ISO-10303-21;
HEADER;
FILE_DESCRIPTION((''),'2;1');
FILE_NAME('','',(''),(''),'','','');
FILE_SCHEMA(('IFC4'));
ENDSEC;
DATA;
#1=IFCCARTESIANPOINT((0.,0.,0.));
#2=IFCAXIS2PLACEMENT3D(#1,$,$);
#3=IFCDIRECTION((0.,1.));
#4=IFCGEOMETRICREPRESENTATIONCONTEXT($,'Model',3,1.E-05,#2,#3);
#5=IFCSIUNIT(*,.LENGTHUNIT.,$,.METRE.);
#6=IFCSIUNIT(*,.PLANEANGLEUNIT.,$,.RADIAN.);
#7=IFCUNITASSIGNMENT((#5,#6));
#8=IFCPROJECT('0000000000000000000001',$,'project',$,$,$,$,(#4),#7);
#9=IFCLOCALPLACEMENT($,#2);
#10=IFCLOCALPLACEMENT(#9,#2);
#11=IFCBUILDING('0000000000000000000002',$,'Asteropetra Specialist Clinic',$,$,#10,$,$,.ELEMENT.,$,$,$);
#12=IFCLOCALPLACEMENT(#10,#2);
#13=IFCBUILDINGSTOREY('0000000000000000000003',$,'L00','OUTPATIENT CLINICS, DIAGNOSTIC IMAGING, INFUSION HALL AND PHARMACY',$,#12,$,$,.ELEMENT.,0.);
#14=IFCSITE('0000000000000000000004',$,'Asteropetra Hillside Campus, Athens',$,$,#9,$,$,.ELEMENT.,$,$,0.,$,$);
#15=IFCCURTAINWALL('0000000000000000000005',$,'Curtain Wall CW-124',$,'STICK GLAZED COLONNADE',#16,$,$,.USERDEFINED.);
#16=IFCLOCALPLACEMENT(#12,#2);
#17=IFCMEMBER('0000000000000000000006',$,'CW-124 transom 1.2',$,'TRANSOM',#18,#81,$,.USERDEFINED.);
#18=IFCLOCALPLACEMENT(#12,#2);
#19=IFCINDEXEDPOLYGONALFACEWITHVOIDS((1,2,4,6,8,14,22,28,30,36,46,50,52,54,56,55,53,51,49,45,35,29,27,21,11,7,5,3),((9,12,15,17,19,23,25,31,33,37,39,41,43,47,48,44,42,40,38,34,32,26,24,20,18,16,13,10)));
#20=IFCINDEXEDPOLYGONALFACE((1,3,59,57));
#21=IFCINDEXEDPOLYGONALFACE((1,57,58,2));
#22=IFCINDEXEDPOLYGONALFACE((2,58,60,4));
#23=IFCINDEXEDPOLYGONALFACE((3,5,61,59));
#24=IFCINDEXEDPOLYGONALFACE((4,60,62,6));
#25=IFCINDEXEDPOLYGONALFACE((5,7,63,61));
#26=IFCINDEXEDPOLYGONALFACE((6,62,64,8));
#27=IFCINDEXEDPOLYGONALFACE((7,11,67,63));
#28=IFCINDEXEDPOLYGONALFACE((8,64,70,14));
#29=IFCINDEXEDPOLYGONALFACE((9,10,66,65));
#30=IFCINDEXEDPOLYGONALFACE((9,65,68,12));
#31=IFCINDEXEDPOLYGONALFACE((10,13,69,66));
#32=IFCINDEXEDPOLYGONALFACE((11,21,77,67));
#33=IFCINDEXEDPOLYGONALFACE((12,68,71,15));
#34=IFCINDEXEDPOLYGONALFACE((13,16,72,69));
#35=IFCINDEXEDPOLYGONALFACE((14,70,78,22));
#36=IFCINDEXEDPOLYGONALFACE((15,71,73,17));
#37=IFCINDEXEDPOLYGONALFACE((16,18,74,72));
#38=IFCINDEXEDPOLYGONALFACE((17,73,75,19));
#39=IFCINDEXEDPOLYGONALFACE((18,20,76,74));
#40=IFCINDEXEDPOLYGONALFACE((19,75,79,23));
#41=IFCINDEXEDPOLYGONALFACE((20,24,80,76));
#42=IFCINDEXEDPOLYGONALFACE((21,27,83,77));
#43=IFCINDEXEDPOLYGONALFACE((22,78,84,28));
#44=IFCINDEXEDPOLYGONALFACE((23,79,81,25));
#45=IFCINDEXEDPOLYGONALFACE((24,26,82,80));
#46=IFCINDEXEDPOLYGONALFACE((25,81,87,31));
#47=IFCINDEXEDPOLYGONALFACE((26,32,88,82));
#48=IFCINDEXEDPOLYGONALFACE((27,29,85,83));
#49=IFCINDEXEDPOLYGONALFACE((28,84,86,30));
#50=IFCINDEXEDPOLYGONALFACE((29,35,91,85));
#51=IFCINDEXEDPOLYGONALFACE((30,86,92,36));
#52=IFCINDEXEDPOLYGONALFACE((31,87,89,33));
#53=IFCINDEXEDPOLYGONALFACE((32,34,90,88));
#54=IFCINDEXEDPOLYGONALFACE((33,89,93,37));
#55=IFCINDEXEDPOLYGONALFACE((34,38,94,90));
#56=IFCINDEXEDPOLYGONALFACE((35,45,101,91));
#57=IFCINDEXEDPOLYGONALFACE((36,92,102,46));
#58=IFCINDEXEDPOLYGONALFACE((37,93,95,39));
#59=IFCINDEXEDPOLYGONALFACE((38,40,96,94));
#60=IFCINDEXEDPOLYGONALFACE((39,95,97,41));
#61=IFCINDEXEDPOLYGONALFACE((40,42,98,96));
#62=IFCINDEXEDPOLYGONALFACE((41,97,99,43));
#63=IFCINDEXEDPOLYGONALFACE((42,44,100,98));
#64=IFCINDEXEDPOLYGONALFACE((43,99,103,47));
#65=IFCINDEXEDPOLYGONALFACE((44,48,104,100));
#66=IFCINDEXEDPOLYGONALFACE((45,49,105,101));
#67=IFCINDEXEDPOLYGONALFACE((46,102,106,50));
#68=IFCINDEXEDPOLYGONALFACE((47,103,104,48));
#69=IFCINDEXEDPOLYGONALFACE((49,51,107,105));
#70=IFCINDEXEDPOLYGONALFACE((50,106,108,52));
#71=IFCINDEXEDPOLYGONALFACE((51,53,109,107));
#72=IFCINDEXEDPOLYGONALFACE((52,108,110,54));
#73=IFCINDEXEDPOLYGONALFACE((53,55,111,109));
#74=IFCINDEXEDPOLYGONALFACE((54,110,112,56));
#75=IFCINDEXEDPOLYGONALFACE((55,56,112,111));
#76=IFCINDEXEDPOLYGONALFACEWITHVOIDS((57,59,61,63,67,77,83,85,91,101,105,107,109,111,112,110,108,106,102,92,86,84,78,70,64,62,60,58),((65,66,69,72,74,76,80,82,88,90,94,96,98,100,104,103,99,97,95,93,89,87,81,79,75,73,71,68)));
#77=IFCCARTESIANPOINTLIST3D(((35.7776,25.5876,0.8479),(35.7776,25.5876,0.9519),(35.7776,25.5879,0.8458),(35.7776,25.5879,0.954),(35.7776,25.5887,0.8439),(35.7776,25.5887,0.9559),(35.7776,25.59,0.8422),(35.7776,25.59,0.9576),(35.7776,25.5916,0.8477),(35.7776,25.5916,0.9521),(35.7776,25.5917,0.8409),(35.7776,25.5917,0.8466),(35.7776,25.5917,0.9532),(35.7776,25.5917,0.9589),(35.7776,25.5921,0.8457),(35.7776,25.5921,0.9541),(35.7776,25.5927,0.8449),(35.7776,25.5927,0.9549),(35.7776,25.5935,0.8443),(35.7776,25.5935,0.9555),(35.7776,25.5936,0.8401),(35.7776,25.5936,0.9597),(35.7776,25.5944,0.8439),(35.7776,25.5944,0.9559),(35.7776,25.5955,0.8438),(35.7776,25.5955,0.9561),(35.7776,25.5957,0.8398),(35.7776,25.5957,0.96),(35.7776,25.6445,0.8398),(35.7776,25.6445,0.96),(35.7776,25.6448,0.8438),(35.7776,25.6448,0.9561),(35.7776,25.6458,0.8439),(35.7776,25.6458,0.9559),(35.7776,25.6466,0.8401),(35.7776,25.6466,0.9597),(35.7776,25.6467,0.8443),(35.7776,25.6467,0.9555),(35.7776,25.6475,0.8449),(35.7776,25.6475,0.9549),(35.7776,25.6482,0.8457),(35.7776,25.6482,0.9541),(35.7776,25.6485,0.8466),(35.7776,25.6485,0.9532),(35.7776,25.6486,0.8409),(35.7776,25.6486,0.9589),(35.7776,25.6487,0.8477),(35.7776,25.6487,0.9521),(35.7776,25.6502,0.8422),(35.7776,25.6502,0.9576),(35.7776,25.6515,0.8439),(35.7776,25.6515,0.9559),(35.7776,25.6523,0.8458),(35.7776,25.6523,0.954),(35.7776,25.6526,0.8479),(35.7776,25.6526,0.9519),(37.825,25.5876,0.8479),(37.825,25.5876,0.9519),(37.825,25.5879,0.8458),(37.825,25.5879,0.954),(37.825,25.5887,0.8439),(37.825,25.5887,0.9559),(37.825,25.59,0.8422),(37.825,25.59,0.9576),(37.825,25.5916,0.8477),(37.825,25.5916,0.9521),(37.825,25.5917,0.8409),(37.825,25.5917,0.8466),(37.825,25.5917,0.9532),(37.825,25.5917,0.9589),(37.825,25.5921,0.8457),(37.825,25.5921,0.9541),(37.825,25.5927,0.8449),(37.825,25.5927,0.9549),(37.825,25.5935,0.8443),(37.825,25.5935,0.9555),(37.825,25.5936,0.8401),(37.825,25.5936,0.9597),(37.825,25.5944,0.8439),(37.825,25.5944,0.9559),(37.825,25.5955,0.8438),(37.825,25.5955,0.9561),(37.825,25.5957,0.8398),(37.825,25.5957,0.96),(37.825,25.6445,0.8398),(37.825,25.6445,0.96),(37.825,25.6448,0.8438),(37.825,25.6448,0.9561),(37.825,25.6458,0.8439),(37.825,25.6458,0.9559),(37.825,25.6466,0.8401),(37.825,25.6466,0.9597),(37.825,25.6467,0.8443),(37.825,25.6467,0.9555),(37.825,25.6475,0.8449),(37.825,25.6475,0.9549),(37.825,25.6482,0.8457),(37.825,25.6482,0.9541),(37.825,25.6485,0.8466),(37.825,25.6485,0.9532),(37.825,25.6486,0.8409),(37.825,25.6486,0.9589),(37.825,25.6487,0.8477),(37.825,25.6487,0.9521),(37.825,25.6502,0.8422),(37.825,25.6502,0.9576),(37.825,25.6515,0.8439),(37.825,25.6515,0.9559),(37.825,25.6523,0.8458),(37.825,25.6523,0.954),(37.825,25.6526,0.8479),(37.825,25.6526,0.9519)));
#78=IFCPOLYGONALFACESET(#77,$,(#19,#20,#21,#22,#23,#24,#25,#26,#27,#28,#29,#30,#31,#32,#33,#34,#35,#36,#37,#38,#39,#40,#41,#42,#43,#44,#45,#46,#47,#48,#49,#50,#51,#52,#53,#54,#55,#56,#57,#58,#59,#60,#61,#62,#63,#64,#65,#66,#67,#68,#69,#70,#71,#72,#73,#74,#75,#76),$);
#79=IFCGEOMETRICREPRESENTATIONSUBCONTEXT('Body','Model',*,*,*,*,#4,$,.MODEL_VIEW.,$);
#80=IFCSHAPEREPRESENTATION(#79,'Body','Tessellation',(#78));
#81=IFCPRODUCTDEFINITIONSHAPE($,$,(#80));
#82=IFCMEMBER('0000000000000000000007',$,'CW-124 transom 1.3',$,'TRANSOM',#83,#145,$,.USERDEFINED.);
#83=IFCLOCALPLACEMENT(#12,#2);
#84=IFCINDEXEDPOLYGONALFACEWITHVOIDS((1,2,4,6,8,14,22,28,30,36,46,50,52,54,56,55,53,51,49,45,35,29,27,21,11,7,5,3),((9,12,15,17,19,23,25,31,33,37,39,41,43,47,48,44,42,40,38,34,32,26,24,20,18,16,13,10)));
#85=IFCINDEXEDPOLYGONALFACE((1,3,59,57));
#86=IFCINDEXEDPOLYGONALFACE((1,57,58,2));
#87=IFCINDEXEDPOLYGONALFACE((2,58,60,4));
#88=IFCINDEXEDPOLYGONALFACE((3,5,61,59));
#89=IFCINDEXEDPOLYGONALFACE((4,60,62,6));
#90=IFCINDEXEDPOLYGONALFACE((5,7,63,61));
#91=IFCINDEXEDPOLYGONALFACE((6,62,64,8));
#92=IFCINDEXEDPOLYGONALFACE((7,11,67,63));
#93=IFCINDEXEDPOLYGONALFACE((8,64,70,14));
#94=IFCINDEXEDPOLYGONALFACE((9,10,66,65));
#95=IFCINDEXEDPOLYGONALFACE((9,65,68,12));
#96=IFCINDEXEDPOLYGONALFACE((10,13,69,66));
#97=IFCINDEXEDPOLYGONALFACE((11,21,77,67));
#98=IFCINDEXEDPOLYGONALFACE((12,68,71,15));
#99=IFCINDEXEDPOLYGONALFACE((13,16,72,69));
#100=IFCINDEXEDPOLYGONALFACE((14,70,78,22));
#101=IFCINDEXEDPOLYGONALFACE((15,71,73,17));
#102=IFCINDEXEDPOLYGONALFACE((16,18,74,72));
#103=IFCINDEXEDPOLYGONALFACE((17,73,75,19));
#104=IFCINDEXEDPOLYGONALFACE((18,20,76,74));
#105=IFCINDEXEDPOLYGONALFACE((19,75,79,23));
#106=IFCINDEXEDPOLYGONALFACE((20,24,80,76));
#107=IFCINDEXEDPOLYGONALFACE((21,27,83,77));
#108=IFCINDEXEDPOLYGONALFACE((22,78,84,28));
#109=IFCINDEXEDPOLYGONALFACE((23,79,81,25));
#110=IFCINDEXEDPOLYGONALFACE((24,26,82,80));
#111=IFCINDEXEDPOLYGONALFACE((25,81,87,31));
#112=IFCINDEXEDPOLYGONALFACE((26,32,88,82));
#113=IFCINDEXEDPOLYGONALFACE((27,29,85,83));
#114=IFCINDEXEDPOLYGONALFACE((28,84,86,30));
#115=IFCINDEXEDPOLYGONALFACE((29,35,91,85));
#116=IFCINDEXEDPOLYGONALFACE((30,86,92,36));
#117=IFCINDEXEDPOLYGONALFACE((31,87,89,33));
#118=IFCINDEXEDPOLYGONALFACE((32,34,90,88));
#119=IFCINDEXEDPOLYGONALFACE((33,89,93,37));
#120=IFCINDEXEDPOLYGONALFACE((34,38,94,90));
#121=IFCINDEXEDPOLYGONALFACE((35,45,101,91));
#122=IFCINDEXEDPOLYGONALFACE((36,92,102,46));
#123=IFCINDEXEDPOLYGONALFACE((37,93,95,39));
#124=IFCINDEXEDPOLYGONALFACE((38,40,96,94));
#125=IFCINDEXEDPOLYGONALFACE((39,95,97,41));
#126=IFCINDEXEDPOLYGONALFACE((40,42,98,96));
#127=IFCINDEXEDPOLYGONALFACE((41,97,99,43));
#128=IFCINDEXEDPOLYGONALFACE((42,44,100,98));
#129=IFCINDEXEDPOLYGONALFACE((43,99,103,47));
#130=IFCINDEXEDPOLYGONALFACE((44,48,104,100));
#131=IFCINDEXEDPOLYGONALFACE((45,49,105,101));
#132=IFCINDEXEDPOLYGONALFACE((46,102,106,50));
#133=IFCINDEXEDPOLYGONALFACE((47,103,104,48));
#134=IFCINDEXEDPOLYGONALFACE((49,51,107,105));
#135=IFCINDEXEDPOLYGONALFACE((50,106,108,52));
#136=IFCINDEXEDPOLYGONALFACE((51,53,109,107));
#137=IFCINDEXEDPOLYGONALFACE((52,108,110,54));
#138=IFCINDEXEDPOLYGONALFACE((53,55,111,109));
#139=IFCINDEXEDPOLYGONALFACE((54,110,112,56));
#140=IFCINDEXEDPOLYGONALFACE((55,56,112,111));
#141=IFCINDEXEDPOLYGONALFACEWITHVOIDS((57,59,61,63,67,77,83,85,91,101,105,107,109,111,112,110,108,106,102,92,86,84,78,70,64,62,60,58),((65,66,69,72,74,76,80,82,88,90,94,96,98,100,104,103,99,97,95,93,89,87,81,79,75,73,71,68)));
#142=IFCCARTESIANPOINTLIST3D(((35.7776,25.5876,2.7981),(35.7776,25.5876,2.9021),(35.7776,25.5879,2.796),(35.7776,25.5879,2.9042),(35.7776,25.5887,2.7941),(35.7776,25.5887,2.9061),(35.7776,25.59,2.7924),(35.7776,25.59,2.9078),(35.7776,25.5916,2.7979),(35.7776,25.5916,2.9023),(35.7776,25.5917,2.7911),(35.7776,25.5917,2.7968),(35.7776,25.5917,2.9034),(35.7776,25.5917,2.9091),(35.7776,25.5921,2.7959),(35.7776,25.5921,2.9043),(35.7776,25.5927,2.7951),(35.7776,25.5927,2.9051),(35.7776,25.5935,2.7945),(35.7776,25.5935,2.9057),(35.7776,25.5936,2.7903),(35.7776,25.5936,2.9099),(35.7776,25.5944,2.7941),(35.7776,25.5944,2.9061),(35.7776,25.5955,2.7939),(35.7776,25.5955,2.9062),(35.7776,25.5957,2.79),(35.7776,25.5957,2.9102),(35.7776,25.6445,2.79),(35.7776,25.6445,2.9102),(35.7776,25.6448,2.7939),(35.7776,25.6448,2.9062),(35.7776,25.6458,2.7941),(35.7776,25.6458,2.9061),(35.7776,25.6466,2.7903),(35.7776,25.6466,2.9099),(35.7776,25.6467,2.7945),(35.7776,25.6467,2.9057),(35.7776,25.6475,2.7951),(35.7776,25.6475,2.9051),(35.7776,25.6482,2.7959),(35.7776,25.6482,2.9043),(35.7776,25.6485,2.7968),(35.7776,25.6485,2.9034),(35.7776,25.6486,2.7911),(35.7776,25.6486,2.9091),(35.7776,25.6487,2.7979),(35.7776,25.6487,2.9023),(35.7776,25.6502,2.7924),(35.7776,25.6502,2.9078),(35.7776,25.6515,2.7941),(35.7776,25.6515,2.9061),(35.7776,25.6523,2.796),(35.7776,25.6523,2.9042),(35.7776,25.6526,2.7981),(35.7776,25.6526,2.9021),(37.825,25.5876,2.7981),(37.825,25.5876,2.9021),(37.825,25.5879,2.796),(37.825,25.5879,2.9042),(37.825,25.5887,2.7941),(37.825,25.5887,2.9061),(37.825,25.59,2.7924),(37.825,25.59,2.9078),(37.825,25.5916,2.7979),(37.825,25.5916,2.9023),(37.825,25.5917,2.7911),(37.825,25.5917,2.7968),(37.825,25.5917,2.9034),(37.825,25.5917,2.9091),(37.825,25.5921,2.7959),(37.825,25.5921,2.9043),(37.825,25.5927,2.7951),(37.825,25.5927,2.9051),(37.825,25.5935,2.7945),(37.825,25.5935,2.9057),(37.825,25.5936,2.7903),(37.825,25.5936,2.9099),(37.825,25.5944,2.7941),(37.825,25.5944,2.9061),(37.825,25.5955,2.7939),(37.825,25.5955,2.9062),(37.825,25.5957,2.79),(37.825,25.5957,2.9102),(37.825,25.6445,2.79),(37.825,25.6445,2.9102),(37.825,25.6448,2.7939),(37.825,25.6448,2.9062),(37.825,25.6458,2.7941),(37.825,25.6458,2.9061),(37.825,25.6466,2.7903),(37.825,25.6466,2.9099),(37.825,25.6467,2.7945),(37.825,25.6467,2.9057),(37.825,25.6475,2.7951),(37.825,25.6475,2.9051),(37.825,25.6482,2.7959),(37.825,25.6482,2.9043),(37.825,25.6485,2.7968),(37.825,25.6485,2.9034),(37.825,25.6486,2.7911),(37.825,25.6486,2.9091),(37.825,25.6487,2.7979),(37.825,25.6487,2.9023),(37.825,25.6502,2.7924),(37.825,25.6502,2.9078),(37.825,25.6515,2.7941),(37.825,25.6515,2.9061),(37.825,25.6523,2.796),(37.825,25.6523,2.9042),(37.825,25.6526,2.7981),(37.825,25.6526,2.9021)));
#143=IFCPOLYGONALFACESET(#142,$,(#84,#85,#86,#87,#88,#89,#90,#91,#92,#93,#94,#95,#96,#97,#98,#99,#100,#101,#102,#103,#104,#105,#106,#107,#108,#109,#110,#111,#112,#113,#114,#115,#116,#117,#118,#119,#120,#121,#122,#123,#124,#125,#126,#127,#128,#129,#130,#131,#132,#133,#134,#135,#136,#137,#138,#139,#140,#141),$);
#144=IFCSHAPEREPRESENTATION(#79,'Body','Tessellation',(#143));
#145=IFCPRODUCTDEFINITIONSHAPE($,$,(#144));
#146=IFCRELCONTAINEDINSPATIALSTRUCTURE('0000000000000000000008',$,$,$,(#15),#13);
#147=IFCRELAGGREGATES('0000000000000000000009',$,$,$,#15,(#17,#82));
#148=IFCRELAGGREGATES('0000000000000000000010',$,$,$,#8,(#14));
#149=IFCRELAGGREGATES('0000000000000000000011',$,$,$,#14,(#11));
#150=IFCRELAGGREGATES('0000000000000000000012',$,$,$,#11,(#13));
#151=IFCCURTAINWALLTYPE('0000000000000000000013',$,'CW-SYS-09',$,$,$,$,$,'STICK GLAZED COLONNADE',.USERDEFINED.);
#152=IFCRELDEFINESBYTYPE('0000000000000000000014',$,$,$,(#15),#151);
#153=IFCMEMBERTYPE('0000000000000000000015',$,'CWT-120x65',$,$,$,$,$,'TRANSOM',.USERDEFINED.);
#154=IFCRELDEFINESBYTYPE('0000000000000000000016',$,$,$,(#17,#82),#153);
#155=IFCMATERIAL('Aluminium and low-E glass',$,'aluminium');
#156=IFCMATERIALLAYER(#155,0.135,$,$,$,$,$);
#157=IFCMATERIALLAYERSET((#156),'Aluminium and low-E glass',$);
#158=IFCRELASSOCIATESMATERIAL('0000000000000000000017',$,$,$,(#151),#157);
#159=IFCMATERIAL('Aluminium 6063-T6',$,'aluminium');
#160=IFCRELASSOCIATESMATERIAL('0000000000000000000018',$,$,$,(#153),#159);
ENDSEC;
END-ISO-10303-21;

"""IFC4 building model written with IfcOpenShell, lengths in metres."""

from ifc_helpers import new_model, si_unit, direction, frame, origin, origin_2d, place, context, subcontext, project, spatial, hollow_rectangle, extrude, material, layer, layer_set, material_profile, profile_set, type_object, element, aggregate, save


model = new_model("IFC4")

# Units and contexts
model_context = context("Model", 3, precision=1e-05, world=origin(), true_north=direction((0.0, 1.0)))
body_context = subcontext(model_context, "Body", "Model", "MODEL_VIEW")
ifc_project = project(units=[si_unit("LENGTHUNIT", "METRE"), si_unit("PLANEANGLEUNIT", "RADIAN")], contexts=[model_context])

# Site, building, storey
site_placement = place(None, origin())
site = spatial("IfcSite", under=ifc_project, at=site_placement, Name="Asteropetra Hillside Campus, Athens", CompositionType="ELEMENT", RefElevation=0.0)
building_placement = place(site_placement, origin())
building = spatial("IfcBuilding", under=site, at=building_placement, Name="Asteropetra Specialist Clinic", CompositionType="ELEMENT")
storey_placement = place(building_placement, origin())
storey = spatial("IfcBuildingStorey", under=building, at=storey_placement, Name="L00", Description="OUTPATIENT CLINICS, DIAGNOSTIC IMAGING, INFUSION HALL AND PHARMACY", CompositionType="ELEMENT", Elevation=0.0)

# Curtain wall
ifc_material_1 = material(Name="Aluminium and low-E glass", Category="aluminium")
ifc_layer_1 = layer(ifc_material_1, 0.135)
ifc_layer_set_1 = layer_set([ifc_layer_1], Name="Aluminium and low-E glass")
curtain_wall_type_1 = type_object("IfcCurtainWallType", Name="CW-SYS-09", ElementType="STICK GLAZED COLONNADE", PredefinedType="USERDEFINED", material=ifc_layer_set_1)
curtain_wall_1_placement = place(storey_placement, origin())
curtain_wall_1 = element("IfcCurtainWall", 1, at=curtain_wall_1_placement, inside=storey, type_object=curtain_wall_type_1, Name="Curtain Wall CW-124", ObjectType="STICK GLAZED COLONNADE", PredefinedType="USERDEFINED")

# Members
ifc_material_2 = material(Name="Aluminium 6063-T6", Category="aluminium")
ifc_material_profile_1 = material_profile(ifc_material_2, hollow_rectangle(XDim=0.0649, YDim=0.1201, WallThickness=0.0039, InnerFilletRadius=0.0039, OuterFilletRadius=0.0081, at=origin_2d()), Name="TRN 120x65x4.0")
ifc_profile_set_1 = profile_set([ifc_material_profile_1], Name="Aluminium 6063-T6")
member_type_1 = type_object("IfcMemberType", Name="CWT-120x65", ElementType="TRANSOM", PredefinedType="USERDEFINED", material=ifc_profile_set_1)
member_1_placement = place(storey_placement, frame((37.825, 25.6201, 0.8999), z_axis=(-1.0, 0.0, 0.0), x_axis=(0.0, -1.0, 0.0)))
member_1 = element("IfcMember", 2, at=member_1_placement, type_object=member_type_1, Name="CW-124 transom 1.2", ObjectType="TRANSOM", PredefinedType="USERDEFINED", context=body_context, shape_type="SweptSolid", body=[
    extrude(hollow_rectangle(XDim=0.0649, YDim=0.1201, WallThickness=0.0039, InnerFilletRadius=0.0039, OuterFilletRadius=0.0081, at=origin_2d()), origin(), (0.0, 0.0, 1.0), 2.0474),
])
member_2_placement = place(storey_placement, frame((37.825, 25.6201, 2.8501), z_axis=(-1.0, 0.0, 0.0), x_axis=(0.0, -1.0, 0.0)))
member_2 = element("IfcMember", 3, at=member_2_placement, type_object=member_type_1, Name="CW-124 transom 1.3", ObjectType="TRANSOM", PredefinedType="USERDEFINED", context=body_context, shape_type="SweptSolid", body=[
    extrude(hollow_rectangle(XDim=0.0649, YDim=0.1201, WallThickness=0.0039, InnerFilletRadius=0.0039, OuterFilletRadius=0.0081, at=origin_2d()), origin(), (0.0, 0.0, 1.0), 2.0474),
])

aggregate(curtain_wall_1, [member_1, member_2])

save(model, "model.ifc")
